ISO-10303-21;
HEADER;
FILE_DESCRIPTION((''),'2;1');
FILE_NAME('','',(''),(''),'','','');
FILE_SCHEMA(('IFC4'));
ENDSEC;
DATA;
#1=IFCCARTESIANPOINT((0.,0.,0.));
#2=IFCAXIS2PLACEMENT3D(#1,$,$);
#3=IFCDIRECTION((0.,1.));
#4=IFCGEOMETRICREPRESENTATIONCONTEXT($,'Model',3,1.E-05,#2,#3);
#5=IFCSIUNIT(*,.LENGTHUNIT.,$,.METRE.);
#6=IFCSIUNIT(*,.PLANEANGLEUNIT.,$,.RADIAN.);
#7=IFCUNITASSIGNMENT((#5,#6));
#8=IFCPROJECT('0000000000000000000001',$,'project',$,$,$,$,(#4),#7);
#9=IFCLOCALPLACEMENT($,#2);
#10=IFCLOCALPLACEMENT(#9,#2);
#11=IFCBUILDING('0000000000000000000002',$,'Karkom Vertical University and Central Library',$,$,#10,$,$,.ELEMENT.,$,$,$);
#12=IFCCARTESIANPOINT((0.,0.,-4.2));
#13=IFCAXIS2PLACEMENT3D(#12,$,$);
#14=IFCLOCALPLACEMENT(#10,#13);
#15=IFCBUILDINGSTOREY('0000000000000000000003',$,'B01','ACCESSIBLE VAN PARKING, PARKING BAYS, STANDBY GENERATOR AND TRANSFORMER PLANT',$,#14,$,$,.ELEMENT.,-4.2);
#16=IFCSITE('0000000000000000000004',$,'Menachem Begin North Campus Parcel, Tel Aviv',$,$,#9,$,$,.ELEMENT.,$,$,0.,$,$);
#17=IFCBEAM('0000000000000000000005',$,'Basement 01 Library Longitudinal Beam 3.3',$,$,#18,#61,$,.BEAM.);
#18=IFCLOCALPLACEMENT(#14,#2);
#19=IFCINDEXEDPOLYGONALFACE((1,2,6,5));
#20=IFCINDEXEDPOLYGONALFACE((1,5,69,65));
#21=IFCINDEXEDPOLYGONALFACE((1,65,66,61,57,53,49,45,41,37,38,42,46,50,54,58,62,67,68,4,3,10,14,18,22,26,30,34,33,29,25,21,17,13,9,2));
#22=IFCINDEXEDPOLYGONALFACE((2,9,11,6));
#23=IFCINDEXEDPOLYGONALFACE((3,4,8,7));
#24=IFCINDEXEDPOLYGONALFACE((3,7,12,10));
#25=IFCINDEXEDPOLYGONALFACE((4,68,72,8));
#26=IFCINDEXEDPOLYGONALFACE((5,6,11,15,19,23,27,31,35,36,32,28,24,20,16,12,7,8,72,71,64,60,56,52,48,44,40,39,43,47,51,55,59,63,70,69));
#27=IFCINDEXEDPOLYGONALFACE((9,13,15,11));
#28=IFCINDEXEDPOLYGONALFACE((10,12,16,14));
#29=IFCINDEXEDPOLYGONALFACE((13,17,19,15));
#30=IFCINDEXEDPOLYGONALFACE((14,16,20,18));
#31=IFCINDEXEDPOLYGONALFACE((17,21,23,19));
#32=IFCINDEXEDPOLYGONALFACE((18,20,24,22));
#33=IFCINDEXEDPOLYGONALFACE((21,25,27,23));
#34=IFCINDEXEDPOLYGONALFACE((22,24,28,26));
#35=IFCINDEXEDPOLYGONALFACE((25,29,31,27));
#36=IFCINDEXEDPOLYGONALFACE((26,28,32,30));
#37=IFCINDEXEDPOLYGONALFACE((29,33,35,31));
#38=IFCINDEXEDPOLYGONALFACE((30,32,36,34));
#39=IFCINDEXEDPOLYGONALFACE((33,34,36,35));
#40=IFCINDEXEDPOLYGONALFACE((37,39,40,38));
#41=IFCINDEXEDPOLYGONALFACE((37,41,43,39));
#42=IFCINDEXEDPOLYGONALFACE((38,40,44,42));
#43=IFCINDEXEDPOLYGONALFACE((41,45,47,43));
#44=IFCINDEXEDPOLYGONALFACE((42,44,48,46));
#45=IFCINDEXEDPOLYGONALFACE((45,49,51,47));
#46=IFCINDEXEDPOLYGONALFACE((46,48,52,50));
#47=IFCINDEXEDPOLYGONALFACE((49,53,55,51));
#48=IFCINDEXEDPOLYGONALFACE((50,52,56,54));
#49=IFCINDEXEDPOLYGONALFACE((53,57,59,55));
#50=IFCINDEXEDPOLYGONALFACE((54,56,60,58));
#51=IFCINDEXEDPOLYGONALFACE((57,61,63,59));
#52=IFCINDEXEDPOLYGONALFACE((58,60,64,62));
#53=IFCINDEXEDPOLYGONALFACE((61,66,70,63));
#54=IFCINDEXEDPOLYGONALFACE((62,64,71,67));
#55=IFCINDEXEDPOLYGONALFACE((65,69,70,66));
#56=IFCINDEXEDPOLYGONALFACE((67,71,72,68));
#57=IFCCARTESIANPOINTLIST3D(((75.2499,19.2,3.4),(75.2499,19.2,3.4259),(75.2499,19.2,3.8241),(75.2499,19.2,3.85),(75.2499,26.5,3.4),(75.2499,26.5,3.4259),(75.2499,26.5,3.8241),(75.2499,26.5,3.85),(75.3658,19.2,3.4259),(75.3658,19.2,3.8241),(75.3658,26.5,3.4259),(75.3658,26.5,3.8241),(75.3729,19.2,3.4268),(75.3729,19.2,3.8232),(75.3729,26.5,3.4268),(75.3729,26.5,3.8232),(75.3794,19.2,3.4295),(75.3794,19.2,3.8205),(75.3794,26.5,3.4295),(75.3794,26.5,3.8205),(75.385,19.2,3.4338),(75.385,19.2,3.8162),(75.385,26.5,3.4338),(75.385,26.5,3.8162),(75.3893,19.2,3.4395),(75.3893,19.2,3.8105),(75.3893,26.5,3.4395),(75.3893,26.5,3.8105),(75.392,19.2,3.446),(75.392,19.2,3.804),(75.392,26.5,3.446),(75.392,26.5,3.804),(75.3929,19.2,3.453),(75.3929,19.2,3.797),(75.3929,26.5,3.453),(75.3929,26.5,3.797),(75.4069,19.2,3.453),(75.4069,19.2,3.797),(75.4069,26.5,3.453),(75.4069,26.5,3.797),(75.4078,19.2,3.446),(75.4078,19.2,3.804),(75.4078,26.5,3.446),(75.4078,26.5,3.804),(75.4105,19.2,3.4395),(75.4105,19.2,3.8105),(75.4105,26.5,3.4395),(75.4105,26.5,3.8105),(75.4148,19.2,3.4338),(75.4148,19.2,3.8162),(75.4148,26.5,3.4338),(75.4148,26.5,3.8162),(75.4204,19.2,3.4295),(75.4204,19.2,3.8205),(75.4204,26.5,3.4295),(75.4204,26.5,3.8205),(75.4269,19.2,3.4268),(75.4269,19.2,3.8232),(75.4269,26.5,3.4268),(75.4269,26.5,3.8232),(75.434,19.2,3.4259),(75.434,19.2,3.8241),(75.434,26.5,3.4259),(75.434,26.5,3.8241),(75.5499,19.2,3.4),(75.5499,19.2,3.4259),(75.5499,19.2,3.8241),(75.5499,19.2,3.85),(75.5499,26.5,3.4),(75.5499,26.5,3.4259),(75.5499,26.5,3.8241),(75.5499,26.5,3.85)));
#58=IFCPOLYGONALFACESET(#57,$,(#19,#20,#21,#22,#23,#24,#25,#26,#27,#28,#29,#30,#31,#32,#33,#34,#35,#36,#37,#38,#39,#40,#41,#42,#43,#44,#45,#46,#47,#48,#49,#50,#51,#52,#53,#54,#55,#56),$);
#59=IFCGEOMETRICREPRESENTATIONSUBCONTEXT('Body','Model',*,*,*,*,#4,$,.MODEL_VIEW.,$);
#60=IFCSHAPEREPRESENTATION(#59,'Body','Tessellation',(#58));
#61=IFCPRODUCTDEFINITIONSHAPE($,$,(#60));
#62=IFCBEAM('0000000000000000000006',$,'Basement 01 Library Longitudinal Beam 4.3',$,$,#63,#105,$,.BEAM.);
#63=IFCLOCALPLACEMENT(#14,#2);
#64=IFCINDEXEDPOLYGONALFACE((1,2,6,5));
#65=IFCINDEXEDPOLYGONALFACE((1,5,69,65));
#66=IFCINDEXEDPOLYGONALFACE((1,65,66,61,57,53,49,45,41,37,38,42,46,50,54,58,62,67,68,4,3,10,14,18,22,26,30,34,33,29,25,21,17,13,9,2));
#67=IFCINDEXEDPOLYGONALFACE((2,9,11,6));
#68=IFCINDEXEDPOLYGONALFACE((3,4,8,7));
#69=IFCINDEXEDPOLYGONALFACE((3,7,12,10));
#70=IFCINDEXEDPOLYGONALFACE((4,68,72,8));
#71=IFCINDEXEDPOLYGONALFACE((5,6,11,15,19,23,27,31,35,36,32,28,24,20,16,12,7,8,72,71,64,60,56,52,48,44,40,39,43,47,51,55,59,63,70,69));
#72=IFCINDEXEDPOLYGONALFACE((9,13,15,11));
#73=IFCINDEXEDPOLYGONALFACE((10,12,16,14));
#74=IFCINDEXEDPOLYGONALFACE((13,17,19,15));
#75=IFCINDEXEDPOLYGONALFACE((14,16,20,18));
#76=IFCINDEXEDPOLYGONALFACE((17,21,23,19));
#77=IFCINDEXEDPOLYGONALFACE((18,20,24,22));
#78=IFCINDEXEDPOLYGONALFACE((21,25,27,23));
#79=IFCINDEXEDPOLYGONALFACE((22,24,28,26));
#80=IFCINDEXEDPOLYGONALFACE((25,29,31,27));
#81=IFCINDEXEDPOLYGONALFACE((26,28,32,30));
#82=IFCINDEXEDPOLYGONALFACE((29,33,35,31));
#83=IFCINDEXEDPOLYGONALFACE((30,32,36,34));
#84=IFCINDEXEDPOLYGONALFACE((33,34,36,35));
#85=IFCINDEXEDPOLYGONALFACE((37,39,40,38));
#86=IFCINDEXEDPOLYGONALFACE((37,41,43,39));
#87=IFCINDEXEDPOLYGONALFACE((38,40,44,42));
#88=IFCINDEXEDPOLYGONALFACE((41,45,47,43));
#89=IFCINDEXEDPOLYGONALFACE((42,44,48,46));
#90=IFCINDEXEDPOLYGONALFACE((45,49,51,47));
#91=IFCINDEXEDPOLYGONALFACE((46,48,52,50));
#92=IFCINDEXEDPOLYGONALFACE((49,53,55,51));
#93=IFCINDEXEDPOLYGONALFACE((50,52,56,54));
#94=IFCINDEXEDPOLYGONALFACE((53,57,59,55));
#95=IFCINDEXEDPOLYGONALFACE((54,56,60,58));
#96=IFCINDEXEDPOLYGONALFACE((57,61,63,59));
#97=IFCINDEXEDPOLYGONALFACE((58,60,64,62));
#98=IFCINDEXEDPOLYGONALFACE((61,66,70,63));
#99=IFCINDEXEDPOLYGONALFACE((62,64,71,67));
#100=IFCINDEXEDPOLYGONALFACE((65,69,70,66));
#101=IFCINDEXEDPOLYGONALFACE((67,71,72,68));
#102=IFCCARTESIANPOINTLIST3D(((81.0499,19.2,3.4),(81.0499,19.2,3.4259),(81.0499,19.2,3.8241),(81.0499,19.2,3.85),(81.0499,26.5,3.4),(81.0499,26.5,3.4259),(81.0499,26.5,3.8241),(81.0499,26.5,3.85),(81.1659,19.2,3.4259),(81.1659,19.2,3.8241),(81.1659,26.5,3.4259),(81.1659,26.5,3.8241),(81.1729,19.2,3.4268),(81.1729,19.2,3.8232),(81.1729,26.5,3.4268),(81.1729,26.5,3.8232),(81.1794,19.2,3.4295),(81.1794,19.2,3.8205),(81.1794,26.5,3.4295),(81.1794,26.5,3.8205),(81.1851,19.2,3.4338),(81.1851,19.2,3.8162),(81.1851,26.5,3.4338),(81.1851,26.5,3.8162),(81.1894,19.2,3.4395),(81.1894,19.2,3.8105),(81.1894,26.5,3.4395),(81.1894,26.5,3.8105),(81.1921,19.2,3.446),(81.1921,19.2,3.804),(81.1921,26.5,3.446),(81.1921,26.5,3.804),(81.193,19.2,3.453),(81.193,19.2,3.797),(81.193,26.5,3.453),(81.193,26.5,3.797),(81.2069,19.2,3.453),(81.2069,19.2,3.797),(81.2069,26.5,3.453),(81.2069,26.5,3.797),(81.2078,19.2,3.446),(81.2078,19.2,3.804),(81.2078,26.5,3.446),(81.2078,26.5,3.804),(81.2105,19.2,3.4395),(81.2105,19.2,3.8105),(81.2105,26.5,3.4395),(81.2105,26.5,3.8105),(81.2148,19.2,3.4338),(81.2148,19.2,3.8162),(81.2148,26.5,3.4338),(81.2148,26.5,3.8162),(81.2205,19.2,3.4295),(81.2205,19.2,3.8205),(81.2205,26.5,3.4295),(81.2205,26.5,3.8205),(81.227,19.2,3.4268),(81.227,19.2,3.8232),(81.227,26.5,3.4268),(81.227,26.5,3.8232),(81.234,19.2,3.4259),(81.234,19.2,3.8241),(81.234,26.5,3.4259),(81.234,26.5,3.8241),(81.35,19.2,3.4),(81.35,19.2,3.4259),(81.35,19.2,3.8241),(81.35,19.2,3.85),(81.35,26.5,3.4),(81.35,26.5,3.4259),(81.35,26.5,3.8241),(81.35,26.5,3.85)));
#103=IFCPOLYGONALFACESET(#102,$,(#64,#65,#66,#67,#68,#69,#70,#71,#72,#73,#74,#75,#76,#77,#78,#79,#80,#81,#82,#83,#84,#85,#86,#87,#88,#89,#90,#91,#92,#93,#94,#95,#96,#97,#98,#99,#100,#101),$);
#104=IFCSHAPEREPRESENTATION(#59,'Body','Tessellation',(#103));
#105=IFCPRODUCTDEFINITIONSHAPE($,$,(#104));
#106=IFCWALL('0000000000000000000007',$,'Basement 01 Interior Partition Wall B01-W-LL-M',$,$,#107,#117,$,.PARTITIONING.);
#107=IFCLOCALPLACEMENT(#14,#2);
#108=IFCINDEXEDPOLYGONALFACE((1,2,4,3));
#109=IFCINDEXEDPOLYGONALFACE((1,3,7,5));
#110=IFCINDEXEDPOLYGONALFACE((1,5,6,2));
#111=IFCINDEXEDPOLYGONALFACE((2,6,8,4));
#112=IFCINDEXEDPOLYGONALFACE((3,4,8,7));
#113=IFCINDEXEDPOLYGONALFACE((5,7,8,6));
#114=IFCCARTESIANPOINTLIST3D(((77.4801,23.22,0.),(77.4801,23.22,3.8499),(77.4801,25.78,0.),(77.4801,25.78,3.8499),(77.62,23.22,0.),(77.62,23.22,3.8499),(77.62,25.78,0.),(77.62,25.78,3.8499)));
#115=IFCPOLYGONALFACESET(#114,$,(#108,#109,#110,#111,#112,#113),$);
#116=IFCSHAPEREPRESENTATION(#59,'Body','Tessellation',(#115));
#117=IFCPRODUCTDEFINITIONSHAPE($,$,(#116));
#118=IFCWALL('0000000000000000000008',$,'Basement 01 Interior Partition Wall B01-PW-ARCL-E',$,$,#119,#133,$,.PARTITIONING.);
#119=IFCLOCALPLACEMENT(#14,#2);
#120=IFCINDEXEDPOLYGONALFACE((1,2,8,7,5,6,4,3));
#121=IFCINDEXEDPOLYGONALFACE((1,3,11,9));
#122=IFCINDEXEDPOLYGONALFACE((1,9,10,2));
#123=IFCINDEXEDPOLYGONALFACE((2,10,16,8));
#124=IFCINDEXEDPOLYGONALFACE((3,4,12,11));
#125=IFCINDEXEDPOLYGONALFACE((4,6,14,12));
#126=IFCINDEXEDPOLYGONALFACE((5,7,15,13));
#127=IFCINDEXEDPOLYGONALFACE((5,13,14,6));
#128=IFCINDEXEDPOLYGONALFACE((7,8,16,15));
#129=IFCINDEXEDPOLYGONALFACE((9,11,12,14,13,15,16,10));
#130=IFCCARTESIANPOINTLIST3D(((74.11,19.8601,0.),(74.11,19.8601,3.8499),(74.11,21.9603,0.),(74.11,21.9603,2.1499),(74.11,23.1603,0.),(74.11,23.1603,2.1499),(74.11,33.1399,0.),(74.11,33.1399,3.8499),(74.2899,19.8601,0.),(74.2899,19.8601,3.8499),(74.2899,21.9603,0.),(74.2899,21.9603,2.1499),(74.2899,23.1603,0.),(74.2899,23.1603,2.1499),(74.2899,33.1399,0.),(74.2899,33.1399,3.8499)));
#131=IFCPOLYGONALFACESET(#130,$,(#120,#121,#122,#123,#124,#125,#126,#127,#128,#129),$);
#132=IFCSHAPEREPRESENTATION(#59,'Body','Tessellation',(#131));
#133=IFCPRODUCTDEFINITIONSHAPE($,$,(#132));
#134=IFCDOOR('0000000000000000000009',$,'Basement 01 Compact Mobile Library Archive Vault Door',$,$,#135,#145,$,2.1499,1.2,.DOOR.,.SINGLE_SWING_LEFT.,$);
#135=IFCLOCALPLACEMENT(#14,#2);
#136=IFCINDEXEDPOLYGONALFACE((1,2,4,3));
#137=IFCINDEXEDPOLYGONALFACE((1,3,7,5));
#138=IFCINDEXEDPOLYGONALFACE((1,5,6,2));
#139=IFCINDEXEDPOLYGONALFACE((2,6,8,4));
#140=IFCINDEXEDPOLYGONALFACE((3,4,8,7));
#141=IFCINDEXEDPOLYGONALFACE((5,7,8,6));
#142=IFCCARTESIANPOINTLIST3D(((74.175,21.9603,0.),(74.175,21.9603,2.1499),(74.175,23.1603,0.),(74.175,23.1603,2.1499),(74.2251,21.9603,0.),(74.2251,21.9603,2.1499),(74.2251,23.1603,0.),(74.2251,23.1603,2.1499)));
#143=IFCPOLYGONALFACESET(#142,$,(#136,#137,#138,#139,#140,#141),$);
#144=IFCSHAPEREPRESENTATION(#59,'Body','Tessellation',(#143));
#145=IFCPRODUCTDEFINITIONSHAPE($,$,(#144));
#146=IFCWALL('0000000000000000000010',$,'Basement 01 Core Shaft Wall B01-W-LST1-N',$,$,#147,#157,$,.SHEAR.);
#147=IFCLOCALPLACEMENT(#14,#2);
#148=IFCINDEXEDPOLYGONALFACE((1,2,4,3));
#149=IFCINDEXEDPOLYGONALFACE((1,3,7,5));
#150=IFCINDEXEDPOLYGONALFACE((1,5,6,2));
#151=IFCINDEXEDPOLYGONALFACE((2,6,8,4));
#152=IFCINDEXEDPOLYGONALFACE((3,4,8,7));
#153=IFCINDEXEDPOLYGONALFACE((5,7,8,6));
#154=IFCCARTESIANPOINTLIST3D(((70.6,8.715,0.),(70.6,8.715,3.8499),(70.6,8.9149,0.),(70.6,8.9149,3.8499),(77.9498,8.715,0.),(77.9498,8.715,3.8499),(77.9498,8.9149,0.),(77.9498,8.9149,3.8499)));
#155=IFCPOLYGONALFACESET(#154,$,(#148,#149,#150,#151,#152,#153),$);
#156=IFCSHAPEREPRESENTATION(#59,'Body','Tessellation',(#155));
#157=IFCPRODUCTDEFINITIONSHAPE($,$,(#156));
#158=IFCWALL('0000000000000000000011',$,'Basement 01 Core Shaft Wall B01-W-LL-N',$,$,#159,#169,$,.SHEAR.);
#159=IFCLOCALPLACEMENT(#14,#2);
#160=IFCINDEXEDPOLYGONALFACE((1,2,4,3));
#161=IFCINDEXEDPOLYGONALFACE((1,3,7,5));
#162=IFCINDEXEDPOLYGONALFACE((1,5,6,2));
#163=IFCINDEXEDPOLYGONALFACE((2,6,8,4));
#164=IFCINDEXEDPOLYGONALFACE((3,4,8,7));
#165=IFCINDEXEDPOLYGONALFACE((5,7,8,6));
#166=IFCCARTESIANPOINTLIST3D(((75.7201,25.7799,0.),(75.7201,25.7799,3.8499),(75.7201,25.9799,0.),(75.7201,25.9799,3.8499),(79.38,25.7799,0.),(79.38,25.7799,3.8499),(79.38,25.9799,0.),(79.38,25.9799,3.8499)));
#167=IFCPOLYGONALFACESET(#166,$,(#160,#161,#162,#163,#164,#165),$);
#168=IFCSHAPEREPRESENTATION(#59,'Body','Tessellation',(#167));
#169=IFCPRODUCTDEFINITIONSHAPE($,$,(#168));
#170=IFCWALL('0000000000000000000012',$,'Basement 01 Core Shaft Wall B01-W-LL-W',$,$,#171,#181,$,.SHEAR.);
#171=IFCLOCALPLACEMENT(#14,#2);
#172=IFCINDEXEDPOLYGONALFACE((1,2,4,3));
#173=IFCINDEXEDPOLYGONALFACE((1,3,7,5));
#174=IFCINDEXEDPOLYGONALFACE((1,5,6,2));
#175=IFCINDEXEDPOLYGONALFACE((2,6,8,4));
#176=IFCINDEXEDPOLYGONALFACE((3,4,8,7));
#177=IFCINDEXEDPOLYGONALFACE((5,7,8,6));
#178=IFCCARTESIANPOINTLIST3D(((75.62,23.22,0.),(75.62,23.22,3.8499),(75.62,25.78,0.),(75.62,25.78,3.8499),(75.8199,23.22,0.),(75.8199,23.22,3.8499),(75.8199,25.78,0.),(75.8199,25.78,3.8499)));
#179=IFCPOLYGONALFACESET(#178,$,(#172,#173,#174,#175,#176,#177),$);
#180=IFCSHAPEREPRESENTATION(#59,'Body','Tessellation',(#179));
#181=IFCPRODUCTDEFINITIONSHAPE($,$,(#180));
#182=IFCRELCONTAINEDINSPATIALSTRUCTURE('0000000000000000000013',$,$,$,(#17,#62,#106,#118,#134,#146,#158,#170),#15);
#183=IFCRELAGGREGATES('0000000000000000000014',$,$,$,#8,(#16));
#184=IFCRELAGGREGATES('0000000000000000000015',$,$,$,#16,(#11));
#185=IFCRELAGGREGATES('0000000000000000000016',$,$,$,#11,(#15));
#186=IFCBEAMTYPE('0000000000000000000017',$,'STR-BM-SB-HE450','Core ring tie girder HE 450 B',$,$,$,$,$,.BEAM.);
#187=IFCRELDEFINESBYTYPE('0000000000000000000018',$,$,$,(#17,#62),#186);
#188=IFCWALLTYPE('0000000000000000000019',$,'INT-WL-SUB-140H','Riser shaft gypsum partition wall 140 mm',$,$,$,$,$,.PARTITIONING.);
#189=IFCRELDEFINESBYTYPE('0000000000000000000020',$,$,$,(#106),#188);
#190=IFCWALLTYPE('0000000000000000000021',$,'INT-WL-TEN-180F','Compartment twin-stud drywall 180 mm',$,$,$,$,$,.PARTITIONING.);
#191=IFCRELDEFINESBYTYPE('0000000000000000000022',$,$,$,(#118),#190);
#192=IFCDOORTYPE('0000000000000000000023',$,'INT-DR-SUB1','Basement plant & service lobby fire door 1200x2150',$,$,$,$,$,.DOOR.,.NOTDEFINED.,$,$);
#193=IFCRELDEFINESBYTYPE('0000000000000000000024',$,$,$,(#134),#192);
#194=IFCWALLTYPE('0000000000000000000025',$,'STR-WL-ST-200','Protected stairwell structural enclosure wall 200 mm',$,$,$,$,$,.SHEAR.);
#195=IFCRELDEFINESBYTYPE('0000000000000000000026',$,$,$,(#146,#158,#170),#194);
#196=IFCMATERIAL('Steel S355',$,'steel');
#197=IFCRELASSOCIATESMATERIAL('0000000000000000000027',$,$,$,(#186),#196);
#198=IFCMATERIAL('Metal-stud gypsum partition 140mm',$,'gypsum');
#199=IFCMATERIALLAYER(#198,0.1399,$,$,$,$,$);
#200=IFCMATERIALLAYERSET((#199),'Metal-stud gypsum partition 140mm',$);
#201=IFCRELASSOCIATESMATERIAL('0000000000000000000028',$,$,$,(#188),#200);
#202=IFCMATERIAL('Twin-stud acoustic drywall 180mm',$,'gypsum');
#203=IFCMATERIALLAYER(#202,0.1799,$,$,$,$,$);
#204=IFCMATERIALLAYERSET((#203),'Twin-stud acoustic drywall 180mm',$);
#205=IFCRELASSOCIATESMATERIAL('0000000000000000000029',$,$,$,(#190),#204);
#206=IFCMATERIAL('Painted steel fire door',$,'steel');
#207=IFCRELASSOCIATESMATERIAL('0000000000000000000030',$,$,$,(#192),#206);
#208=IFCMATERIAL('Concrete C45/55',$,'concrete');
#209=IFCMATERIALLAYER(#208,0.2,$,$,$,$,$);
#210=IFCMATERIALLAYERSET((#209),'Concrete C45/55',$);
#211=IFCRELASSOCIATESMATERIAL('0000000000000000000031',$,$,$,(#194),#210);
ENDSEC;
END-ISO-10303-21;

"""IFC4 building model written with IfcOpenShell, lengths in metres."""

from ifc_helpers import new_model, si_unit, direction, frame, frame_2d, origin, origin_with_axes, origin_2d, place, context, subcontext, project, spatial, rectangle, i_section, extrude, source, transform, mapped, material, layer, layer_set, material_profile, profile_set, type_object, element, fill, save


model = new_model("IFC4")

# Units and contexts
model_context = context("Model", 3, precision=1e-05, world=origin(), true_north=direction((0.0, 1.0)))
body_context = subcontext(model_context, "Body", "Model", "MODEL_VIEW")
ifc_project = project(units=[si_unit("LENGTHUNIT", "METRE"), si_unit("PLANEANGLEUNIT", "RADIAN")], contexts=[model_context])

# Site, building, storey
site_placement = place(None, origin())
site = spatial("IfcSite", under=ifc_project, at=site_placement, Name="Menachem Begin North Campus Parcel, Tel Aviv", CompositionType="ELEMENT", RefElevation=0.0)
building_placement = place(site_placement, origin())
building = spatial("IfcBuilding", under=site, at=building_placement, Name="Karkom Vertical University and Central Library", CompositionType="ELEMENT")
storey_placement = place(building_placement, frame((0.0, 0.0, -4.2)))
storey = spatial("IfcBuildingStorey", under=building, at=storey_placement, Name="B01", Description="ACCESSIBLE VAN PARKING, PARKING BAYS, STANDBY GENERATOR AND TRANSFORMER PLANT", CompositionType="ELEMENT", Elevation=-4.2)

# Shared definitions
ifc_material_1 = material(Name="Concrete C45/55", Category="concrete")

# Beams
ifc_material_2 = material(Name="Steel S355", Category="steel")
ifc_material_profile_1 = material_profile(ifc_material_2, i_section(OverallWidth=0.3, OverallDepth=0.45, WebThickness=0.0139, FlangeThickness=0.0259, FilletRadius=0.0271, at=origin_2d()), Name="HE 450 B")
ifc_profile_set_1 = profile_set([ifc_material_profile_1], Name="Steel S355")
beam_type_1 = type_object("IfcBeamType", Name="STR-BM-SB-HE450", Description="Core ring tie girder HE 450 B", PredefinedType="BEAM", material=ifc_profile_set_1)
shared_shape_1 = source(origin_with_axes(), body_context, "Body", "SweptSolid", [
    extrude(i_section(OverallWidth=0.3, OverallDepth=0.45, WebThickness=0.0139, FlangeThickness=0.0259, FilletRadius=0.0271, at=origin_2d()), origin(), (0.0, 0.0, 1.0), 7.3),
])
for number, where, z_axis, x_axis, name in (
    (1, (75.3999, 19.2, 3.625), (0.0, 1.0, 0.0), (-1.0, 0.0, 0.0), "Basement 01 Library Longitudinal Beam 3.3"),
    (2, (81.2, 19.2, 3.625), (0.0, 1.0, 0.0), (-1.0, 0.0, 0.0), "Basement 01 Library Longitudinal Beam 4.3"),
):
    element("IfcBeam", number, at=place(storey_placement, frame(where, z_axis=z_axis, x_axis=x_axis)), inside=storey, type_object=beam_type_1, Name=name, PredefinedType="BEAM", context=body_context, shape_type="MappedRepresentation", body=[
        mapped(shared_shape_1, transform((0.0, 0.0, 0.0), scale=1.0)),
    ])

# Wall
ifc_material_3 = material(Name="Metal-stud gypsum partition 140mm", Category="gypsum")
ifc_layer_1 = layer(ifc_material_3, 0.1399)
ifc_layer_set_1 = layer_set([ifc_layer_1], Name="Metal-stud gypsum partition 140mm")
wall_type_1 = type_object("IfcWallType", Name="INT-WL-SUB-140H", Description="Riser shaft gypsum partition wall 140 mm", PredefinedType="PARTITIONING", material=ifc_layer_set_1)
wall_1_placement = place(storey_placement, frame((77.55, 23.22, 0.0), z_axis=(0.0, 0.0, 1.0), x_axis=(0.0, 1.0, 0.0)))
element("IfcWall", 3, at=wall_1_placement, inside=storey, type_object=wall_type_1, Name="Basement 01 Interior Partition Wall B01-W-LL-M", PredefinedType="PARTITIONING", context=body_context, shape_type="SweptSolid", body=[
    extrude(rectangle(XDim=2.5601, YDim=0.1399, at=frame_2d((1.28, 0.0))), origin(), (0.0, 0.0, 1.0), 3.8499),
])

# Wall, opening, door
ifc_material_4 = material(Name="Twin-stud acoustic drywall 180mm", Category="gypsum")
ifc_layer_2 = layer(ifc_material_4, 0.1799)
ifc_layer_set_2 = layer_set([ifc_layer_2], Name="Twin-stud acoustic drywall 180mm")
wall_type_2 = type_object("IfcWallType", Name="INT-WL-TEN-180F", Description="Compartment twin-stud drywall 180 mm", PredefinedType="PARTITIONING", material=ifc_layer_set_2)
wall_2_placement = place(storey_placement, frame((74.2, 19.8601, 0.0), z_axis=(0.0, 0.0, 1.0), x_axis=(0.0, 1.0, 0.0)))
wall_2 = element("IfcWall", 4, at=wall_2_placement, inside=storey, type_object=wall_type_2, Name="Basement 01 Interior Partition Wall B01-PW-ARCL-E", PredefinedType="PARTITIONING", context=body_context, shape_type="SweptSolid", body=[
    extrude(rectangle(XDim=13.2798, YDim=0.1799, at=frame_2d((6.6399, 0.0))), origin(), (0.0, 0.0, 1.0), 3.8499),
])
opening_1_placement = place(wall_2_placement, frame((2.1001, 0.0, 0.0)))
opening_1 = element("IfcOpeningElement", 5, at=opening_1_placement, cuts=wall_2, PredefinedType="OPENING", context=body_context, shape_type="SweptSolid", body=[
    extrude(rectangle(XDim=1.2, YDim=2.1499, at=frame_2d((0.6001, 1.075))), frame((0.0, 0.1001, 0.0), z_axis=(0.0, -1.0, 0.0), x_axis=(1.0, 0.0, 0.0)), (0.0, 0.0, 1.0), 0.2),
])
ifc_material_5 = material(Name="Painted steel fire door", Category="steel")
door_type_1 = type_object("IfcDoorType", Name="INT-DR-SUB1", Description="Basement plant & service lobby fire door 1200x2150", OperationType="NOTDEFINED", PredefinedType="DOOR", material=ifc_material_5)
shared_shape_2 = source(origin_with_axes(), body_context, "Body", "SweptSolid", [
    extrude(rectangle(XDim=1.2, YDim=2.1499, at=frame_2d((0.6001, 1.075))), frame((0.0, 0.0249, 0.0), z_axis=(0.0, -1.0, 0.0), x_axis=(1.0, 0.0, 0.0)), (0.0, 0.0, 1.0), 0.05),
])
door_1_placement = place(opening_1_placement, origin())
door_1 = element("IfcDoor", 6, at=door_1_placement, inside=storey, type_object=door_type_1, Name="Basement 01 Compact Mobile Library Archive Vault Door", OperationType="SINGLE_SWING_LEFT", OverallHeight=2.1499, OverallWidth=1.2, PredefinedType="DOOR", context=body_context, shape_type="MappedRepresentation", body=[
    mapped(shared_shape_2, transform((0.0, 0.0, 0.0), scale=1.0)),
])
fill(opening_1, door_1)

# Wall
ifc_layer_3 = layer(ifc_material_1, 0.2)
ifc_layer_set_3 = layer_set([ifc_layer_3], Name="Concrete C45/55")
wall_type_3 = type_object("IfcWallType", Name="STR-WL-ST-200", Description="Protected stairwell structural enclosure wall 200 mm", PredefinedType="SHEAR", material=ifc_layer_set_3)
wall_3_placement = place(storey_placement, frame((70.6001, 8.8149, 0.0), z_axis=(0.0, 0.0, 1.0), x_axis=(1.0, 0.0, 0.0)))
element("IfcWall", 7, at=wall_3_placement, inside=storey, type_object=wall_type_3, Name="Basement 01 Core Shaft Wall B01-W-LST1-N", PredefinedType="SHEAR", context=body_context, shape_type="SweptSolid", body=[
    extrude(rectangle(XDim=7.3499, YDim=0.2, at=frame_2d((3.6748, 0.0))), origin(), (0.0, 0.0, 1.0), 3.8499),
])

# Walls
wall_4_placement = place(storey_placement, frame((75.72, 25.8799, 0.0), z_axis=(0.0, 0.0, 1.0), x_axis=(1.0, 0.0, 0.0)))
element("IfcWall", 8, at=wall_4_placement, inside=storey, type_object=wall_type_3, Name="Basement 01 Core Shaft Wall B01-W-LL-N", PredefinedType="SHEAR", context=body_context, shape_type="SweptSolid", body=[
    extrude(rectangle(XDim=3.6599, YDim=0.2, at=frame_2d((1.8301, 0.0))), origin(), (0.0, 0.0, 1.0), 3.8499),
])
for number, where, z_axis, x_axis, name in (
    (9, (75.72, 23.22, 0.0), (0.0, 0.0, 1.0), (0.0, 1.0, 0.0), "Basement 01 Core Shaft Wall B01-W-LL-W"),
):
    element("IfcWall", number, at=place(storey_placement, frame(where, z_axis=z_axis, x_axis=x_axis)), inside=storey, type_object=wall_type_3, Name=name, PredefinedType="SHEAR", context=body_context, shape_type="SweptSolid", body=[
        extrude(rectangle(XDim=2.5601, YDim=0.2, at=frame_2d((1.28, 0.0))), origin(), (0.0, 0.0, 1.0), 3.8499),
    ])

save(model, "model.ifc")
